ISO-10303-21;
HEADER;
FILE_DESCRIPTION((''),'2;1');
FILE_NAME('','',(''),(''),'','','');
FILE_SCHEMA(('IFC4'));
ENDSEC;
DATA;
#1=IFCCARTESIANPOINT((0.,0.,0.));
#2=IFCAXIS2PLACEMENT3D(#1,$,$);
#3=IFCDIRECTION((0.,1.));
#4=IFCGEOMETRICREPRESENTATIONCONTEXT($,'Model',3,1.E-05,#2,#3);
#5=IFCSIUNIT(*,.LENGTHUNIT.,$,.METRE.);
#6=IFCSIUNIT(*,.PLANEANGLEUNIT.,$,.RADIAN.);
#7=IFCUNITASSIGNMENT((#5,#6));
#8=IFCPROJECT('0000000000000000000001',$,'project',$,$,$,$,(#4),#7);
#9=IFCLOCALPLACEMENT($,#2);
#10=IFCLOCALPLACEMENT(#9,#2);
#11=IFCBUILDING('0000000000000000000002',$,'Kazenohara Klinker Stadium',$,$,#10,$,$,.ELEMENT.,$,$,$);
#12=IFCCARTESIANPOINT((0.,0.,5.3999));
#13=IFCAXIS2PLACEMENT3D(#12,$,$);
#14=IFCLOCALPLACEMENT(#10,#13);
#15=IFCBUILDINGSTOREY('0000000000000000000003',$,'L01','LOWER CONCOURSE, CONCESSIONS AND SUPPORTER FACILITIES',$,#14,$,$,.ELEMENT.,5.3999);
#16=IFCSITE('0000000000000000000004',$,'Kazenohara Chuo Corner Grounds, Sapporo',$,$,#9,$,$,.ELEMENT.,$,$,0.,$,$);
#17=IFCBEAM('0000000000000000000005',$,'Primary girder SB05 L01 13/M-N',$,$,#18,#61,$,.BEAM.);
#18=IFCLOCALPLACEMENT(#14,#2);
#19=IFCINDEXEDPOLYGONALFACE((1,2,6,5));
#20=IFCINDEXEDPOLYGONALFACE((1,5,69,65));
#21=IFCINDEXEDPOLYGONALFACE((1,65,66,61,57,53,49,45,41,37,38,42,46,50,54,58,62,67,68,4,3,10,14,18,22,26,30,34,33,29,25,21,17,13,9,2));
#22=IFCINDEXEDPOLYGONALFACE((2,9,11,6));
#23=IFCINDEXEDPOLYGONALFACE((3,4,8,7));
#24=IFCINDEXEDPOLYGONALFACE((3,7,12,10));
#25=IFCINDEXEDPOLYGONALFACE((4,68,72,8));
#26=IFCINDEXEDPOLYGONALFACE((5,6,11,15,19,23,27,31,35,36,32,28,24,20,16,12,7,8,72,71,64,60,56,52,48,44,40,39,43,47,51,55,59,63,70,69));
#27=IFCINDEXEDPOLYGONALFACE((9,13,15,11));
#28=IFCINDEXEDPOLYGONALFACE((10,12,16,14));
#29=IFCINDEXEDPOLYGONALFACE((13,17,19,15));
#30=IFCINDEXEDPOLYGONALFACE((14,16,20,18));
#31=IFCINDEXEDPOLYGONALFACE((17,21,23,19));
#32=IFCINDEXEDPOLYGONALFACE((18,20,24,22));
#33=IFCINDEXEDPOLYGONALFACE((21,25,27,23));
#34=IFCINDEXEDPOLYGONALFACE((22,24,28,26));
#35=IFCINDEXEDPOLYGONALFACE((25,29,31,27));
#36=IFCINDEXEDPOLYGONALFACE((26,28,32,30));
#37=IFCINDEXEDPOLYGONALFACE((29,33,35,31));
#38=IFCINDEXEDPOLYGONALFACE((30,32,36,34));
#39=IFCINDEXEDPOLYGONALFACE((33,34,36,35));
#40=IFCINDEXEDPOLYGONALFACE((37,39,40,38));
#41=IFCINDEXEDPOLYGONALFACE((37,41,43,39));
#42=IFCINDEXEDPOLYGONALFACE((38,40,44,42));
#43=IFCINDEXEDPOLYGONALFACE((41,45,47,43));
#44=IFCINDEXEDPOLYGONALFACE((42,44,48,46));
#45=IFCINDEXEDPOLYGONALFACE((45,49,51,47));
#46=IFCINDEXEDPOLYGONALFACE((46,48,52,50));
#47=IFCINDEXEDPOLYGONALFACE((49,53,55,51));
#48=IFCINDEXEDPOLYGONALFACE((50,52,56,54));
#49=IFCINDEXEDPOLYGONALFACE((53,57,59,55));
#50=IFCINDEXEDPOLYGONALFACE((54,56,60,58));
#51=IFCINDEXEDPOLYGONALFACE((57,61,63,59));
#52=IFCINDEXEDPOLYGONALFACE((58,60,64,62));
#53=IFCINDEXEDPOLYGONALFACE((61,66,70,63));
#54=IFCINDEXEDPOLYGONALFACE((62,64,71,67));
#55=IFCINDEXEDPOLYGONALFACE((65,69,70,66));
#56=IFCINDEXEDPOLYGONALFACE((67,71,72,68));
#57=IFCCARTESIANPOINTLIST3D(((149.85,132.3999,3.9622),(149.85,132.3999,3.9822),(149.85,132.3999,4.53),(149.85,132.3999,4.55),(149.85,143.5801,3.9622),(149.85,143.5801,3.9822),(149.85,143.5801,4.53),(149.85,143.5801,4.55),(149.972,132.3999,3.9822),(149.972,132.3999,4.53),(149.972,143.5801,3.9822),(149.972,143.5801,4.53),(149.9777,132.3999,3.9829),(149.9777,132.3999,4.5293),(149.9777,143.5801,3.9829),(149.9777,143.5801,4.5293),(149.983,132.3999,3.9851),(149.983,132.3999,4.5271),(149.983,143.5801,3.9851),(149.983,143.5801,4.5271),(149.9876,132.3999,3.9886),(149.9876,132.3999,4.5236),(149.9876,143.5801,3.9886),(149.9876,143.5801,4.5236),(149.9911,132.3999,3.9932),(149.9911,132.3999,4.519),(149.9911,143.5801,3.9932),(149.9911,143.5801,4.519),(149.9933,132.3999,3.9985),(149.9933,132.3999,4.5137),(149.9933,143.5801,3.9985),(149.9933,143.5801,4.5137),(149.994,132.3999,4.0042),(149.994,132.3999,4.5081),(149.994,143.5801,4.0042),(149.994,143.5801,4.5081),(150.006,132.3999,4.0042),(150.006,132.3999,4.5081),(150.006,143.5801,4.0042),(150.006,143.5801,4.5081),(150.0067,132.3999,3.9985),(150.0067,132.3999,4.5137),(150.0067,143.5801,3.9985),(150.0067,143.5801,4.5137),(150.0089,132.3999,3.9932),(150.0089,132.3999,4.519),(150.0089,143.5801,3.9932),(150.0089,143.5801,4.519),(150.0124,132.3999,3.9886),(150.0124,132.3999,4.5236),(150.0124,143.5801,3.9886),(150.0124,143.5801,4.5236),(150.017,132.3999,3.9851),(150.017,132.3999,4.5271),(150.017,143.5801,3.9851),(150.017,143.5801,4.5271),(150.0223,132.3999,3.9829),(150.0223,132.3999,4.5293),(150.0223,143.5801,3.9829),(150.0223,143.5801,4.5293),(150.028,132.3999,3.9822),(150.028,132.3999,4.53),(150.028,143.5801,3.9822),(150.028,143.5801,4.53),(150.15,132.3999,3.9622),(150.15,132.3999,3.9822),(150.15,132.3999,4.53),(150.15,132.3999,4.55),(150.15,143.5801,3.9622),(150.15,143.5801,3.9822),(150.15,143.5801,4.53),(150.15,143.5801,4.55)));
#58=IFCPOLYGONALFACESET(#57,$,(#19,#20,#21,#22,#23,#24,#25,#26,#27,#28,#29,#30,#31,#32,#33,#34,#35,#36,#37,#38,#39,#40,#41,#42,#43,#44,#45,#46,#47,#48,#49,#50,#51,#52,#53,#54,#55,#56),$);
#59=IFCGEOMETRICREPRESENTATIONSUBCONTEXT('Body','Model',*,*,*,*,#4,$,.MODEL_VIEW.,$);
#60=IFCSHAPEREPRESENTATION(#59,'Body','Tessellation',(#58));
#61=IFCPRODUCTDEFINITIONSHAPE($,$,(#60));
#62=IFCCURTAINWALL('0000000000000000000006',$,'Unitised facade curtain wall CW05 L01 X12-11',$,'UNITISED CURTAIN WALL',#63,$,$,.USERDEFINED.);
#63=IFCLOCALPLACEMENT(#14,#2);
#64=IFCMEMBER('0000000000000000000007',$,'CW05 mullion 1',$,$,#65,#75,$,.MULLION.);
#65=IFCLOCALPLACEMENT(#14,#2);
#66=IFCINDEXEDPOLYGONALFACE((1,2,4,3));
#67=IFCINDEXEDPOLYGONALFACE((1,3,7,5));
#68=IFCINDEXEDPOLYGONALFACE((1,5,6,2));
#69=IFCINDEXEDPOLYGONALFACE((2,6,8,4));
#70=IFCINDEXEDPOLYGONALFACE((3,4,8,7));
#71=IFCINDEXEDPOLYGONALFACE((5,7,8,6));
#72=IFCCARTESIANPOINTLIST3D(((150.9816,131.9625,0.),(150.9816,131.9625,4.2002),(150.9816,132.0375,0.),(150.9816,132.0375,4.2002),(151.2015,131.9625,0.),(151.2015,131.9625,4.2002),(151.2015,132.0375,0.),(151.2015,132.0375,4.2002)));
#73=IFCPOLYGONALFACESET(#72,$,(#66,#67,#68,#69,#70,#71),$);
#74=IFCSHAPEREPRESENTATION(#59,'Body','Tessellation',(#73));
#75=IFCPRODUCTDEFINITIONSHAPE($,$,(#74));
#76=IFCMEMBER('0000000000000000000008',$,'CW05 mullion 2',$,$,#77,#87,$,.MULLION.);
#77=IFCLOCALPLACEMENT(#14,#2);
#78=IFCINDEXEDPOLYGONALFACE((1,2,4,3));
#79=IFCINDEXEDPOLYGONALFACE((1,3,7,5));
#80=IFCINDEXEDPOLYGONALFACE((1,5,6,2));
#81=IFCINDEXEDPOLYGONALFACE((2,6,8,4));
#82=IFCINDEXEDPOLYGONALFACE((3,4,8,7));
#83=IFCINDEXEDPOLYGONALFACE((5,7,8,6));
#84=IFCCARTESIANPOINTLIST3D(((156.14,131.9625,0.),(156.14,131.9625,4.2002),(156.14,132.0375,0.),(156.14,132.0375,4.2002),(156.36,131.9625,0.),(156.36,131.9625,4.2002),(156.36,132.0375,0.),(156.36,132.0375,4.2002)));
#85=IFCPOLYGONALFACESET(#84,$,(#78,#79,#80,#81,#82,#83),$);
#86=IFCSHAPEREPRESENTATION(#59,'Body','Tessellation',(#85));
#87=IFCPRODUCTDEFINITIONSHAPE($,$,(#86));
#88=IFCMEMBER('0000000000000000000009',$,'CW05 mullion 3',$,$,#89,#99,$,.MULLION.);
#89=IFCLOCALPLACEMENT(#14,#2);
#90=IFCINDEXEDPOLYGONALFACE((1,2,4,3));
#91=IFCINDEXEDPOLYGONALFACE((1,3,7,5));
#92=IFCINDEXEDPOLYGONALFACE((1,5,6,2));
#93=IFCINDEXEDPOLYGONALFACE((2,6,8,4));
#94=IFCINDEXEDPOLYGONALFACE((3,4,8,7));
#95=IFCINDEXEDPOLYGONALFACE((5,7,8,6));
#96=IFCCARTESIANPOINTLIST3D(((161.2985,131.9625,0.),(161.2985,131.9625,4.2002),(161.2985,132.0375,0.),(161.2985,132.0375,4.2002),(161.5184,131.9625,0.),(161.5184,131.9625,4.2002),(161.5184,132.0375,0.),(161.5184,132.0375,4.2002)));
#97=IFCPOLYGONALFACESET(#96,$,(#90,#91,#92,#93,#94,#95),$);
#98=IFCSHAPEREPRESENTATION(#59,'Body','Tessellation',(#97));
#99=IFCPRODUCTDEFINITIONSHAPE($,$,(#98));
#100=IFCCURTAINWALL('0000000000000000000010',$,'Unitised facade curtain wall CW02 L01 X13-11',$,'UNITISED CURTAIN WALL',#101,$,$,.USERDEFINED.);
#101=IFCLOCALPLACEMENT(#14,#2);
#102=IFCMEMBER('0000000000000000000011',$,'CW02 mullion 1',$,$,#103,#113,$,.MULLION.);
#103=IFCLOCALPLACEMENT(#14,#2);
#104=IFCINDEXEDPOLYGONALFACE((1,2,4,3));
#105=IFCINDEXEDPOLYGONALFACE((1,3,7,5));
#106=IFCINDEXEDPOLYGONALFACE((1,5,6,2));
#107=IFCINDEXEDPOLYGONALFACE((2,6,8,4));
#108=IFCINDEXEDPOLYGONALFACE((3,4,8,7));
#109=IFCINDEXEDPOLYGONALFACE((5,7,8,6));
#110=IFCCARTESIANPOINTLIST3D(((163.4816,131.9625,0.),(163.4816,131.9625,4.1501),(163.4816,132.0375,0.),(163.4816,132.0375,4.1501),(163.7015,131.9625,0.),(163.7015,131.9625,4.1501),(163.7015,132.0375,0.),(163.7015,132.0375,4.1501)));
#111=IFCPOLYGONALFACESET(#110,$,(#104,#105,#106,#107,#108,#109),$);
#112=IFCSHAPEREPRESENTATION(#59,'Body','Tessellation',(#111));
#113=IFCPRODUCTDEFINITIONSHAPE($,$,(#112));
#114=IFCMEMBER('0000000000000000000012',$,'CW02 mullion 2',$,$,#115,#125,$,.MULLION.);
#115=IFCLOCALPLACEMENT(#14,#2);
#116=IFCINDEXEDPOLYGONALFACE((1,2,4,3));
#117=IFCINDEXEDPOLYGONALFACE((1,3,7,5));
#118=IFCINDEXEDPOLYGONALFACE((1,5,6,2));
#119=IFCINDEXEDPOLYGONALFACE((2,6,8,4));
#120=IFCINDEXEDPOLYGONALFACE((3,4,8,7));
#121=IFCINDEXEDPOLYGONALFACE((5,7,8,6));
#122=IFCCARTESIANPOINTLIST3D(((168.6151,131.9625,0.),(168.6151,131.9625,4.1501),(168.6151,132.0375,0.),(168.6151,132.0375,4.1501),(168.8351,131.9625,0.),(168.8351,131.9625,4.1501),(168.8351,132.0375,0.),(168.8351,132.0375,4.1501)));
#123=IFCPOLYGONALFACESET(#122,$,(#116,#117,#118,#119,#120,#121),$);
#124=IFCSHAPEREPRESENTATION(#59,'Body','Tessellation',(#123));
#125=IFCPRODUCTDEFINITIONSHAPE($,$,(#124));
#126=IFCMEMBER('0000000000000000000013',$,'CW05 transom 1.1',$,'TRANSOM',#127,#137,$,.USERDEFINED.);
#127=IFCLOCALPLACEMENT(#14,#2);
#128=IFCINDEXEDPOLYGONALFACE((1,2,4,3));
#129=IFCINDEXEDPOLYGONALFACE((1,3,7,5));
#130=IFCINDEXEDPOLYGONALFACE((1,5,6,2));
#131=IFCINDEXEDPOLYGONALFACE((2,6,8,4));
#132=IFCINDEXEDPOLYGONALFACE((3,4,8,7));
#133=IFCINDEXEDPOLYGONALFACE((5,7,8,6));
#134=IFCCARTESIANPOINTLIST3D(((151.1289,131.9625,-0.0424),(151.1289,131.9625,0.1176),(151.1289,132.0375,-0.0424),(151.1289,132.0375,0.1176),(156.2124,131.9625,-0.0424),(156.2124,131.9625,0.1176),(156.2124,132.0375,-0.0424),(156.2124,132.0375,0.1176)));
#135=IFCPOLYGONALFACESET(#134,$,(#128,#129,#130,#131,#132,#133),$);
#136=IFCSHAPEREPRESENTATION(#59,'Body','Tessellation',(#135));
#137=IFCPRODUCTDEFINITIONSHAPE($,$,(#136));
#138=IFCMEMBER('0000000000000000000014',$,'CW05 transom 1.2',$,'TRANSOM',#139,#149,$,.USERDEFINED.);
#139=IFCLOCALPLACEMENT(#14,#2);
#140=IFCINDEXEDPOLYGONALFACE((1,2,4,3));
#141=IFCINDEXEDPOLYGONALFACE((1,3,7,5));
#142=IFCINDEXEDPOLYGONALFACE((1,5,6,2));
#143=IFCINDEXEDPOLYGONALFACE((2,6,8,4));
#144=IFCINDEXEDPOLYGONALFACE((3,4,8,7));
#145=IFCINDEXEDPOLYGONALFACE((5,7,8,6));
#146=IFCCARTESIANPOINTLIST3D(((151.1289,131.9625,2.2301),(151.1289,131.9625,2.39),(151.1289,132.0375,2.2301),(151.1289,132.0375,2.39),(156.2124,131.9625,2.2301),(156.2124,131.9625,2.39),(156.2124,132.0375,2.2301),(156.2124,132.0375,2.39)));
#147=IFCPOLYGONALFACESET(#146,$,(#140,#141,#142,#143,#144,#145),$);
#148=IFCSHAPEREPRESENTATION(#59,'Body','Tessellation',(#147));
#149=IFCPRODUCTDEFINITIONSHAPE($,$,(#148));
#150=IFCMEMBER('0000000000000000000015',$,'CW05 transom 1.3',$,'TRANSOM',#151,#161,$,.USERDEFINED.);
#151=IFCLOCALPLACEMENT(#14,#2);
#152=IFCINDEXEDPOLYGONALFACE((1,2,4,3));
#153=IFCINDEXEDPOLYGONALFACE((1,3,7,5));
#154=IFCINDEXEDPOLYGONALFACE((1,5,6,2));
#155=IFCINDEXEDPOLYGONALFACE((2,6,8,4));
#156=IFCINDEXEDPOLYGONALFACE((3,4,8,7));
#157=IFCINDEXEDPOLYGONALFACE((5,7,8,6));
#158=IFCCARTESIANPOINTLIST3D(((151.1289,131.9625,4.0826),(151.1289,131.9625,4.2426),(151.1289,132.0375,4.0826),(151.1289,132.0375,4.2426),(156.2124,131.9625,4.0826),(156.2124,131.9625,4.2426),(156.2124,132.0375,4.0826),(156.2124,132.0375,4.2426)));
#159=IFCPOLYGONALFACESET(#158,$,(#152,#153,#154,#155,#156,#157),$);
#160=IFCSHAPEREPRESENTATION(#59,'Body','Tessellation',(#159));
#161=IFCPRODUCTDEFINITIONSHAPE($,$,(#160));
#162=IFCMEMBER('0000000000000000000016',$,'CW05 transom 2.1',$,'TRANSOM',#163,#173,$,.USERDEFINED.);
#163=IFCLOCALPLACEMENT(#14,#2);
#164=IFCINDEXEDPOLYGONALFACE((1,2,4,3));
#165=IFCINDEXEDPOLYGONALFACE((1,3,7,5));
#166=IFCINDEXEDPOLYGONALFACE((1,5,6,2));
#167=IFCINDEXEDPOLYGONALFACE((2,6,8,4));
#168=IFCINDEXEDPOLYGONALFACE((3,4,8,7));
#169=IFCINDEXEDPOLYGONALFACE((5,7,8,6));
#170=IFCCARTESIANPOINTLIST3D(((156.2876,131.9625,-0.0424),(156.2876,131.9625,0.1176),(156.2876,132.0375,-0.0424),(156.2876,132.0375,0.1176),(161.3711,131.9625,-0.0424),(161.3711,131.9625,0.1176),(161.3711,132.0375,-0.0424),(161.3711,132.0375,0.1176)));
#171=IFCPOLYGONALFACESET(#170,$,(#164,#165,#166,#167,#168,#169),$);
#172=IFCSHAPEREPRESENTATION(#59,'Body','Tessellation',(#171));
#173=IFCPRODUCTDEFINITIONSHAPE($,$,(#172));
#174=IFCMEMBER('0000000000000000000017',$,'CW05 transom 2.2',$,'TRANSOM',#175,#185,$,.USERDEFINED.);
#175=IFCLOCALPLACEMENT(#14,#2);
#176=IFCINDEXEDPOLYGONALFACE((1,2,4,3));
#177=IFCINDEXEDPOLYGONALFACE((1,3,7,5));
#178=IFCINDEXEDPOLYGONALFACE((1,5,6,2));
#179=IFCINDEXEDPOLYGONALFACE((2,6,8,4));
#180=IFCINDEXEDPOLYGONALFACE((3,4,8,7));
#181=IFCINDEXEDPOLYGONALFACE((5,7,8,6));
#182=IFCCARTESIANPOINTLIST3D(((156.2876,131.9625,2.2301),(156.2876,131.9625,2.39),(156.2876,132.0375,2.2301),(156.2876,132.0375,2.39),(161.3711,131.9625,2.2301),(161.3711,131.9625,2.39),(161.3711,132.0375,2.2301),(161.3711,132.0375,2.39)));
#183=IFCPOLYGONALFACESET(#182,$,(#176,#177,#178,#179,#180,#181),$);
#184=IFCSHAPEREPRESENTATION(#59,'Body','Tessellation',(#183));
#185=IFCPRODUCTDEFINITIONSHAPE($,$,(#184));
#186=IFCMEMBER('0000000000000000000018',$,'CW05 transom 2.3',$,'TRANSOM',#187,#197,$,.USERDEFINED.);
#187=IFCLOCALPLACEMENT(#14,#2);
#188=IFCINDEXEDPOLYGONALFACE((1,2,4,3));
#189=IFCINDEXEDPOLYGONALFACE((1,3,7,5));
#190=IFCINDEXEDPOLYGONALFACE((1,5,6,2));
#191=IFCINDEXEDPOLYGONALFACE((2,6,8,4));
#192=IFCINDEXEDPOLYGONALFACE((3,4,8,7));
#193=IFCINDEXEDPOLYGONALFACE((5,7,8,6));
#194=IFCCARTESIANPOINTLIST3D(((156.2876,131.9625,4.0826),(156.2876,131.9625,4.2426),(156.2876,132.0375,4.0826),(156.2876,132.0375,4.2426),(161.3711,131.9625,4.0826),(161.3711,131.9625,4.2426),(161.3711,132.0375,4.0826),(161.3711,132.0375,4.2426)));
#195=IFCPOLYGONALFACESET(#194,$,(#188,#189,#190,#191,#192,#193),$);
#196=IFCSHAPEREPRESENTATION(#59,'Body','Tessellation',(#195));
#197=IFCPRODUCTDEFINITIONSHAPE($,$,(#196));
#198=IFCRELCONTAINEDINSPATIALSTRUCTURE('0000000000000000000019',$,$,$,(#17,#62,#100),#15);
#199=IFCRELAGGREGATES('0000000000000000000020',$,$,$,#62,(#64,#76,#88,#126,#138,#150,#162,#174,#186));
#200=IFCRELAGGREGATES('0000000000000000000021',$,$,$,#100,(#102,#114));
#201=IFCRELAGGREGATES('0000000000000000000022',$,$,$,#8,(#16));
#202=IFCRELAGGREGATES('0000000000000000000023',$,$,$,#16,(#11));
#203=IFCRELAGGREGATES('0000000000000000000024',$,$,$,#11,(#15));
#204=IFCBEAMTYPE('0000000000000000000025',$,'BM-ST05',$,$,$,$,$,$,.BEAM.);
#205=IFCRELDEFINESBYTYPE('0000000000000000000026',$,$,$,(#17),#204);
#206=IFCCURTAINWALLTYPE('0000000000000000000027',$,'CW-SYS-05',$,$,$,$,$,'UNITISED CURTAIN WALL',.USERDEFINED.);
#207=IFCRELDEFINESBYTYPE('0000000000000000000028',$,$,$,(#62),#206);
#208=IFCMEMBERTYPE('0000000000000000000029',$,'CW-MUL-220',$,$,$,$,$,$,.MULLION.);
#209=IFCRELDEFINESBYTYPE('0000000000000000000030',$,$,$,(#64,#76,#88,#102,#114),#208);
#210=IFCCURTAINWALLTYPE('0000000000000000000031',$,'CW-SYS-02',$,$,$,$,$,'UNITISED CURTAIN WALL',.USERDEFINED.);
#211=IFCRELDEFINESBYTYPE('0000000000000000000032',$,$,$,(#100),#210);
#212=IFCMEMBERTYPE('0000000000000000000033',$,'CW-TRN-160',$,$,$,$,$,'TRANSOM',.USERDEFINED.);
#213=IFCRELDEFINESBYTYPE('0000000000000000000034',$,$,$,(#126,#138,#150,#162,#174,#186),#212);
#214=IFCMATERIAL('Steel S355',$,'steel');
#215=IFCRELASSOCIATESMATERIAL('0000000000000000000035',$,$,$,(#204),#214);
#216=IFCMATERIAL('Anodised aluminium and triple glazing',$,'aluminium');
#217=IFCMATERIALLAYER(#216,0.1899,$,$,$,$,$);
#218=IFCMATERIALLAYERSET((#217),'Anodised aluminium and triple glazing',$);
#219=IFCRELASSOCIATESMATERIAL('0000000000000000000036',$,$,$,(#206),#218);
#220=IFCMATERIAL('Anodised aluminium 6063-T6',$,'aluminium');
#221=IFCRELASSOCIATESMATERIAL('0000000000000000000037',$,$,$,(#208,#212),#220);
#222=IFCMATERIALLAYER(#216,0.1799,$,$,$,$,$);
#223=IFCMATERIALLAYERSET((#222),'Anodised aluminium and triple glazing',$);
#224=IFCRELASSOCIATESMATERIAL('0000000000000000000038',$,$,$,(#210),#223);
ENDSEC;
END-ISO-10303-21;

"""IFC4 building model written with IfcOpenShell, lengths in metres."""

from ifc_helpers import new_model, si_unit, direction, frame, origin, origin_2d, place, context, subcontext, project, spatial, rectangle, i_section, extrude, material, layer, layer_set, material_profile, profile_set, type_object, element, aggregate, save


model = new_model("IFC4")

# Units and contexts
model_context = context("Model", 3, precision=1e-05, world=origin(), true_north=direction((0.0, 1.0)))
body_context = subcontext(model_context, "Body", "Model", "MODEL_VIEW")
ifc_project = project(units=[si_unit("LENGTHUNIT", "METRE"), si_unit("PLANEANGLEUNIT", "RADIAN")], contexts=[model_context])

# Site, building, storey
site_placement = place(None, origin())
site = spatial("IfcSite", under=ifc_project, at=site_placement, Name="Kazenohara Chuo Corner Grounds, Sapporo", CompositionType="ELEMENT", RefElevation=0.0)
building_placement = place(site_placement, origin())
building = spatial("IfcBuilding", under=site, at=building_placement, Name="Kazenohara Klinker Stadium", CompositionType="ELEMENT")
storey_placement = place(building_placement, frame((0.0, 0.0, 5.3999)))
storey = spatial("IfcBuildingStorey", under=building, at=storey_placement, Name="L01", Description="LOWER CONCOURSE, CONCESSIONS AND SUPPORTER FACILITIES", CompositionType="ELEMENT", Elevation=5.3999)

# Beam
ifc_material_1 = material(Name="Steel S355", Category="steel")
ifc_material_profile_1 = material_profile(ifc_material_1, i_section(OverallWidth=0.3, OverallDepth=0.5879, WebThickness=0.012, FlangeThickness=0.02, FilletRadius=0.022, at=origin_2d()), Name="H-588x300x12x20")
ifc_profile_set_1 = profile_set([ifc_material_profile_1], Name="Steel S355")
beam_type_1 = type_object("IfcBeamType", Name="BM-ST05", PredefinedType="BEAM", material=ifc_profile_set_1)
beam_1_placement = place(storey_placement, frame((150.0, 132.3999, 4.2561), z_axis=(0.0, 1.0, 0.0), x_axis=(-1.0, 0.0, 0.0)))
element("IfcBeam", 1, at=beam_1_placement, inside=storey, type_object=beam_type_1, Name="Primary girder SB05 L01 13/M-N", PredefinedType="BEAM", context=body_context, shape_type="SweptSolid", body=[
    extrude(i_section(OverallWidth=0.3, OverallDepth=0.5879, WebThickness=0.012, FlangeThickness=0.02, FilletRadius=0.022, at=origin_2d()), origin(), (0.0, 0.0, 1.0), 11.1802),
])

# Curtain walls, members
ifc_material_2 = material(Name="Anodised aluminium and triple glazing", Category="aluminium")
ifc_layer_1 = layer(ifc_material_2, 0.1899)
ifc_layer_set_1 = layer_set([ifc_layer_1], Name="Anodised aluminium and triple glazing")
curtain_wall_type_1 = type_object("IfcCurtainWallType", Name="CW-SYS-05", ElementType="UNITISED CURTAIN WALL", PredefinedType="USERDEFINED", material=ifc_layer_set_1)
curtain_wall_1_placement = place(storey_placement, origin())
curtain_wall_1 = element("IfcCurtainWall", 2, at=curtain_wall_1_placement, inside=storey, type_object=curtain_wall_type_1, Name="Unitised facade curtain wall CW05 L01 X12-11", ObjectType="UNITISED CURTAIN WALL", PredefinedType="USERDEFINED")
ifc_material_3 = material(Name="Anodised aluminium 6063-T6", Category="aluminium")
ifc_material_profile_2 = material_profile(ifc_material_3, rectangle(XDim=0.075, YDim=0.22, at=origin_2d()), Name="ALU-MUL-75x220")
ifc_profile_set_2 = profile_set([ifc_material_profile_2], Name="Anodised aluminium 6063-T6")
member_type_1 = type_object("IfcMemberType", Name="CW-MUL-220", PredefinedType="MULLION", material=ifc_profile_set_2)
member_1_placement = place(storey_placement, frame((151.0916, 132.0, 0.0), z_axis=(0.0, 0.0, 1.0), x_axis=(0.0, 1.0, 0.0)))
member_1 = element("IfcMember", 3, at=member_1_placement, type_object=member_type_1, Name="CW05 mullion 1", PredefinedType="MULLION", context=body_context, shape_type="SweptSolid", body=[
    extrude(rectangle(XDim=0.075, YDim=0.22, at=origin_2d()), origin(), (0.0, 0.0, 1.0), 4.2002),
])
member_2_placement = place(storey_placement, frame((156.25, 132.0, 0.0), z_axis=(0.0, 0.0, 1.0), x_axis=(0.0, 1.0, 0.0)))
member_2 = element("IfcMember", 4, at=member_2_placement, type_object=member_type_1, Name="CW05 mullion 2", PredefinedType="MULLION", context=body_context, shape_type="SweptSolid", body=[
    extrude(rectangle(XDim=0.075, YDim=0.22, at=origin_2d()), origin(), (0.0, 0.0, 1.0), 4.2002),
])
member_3_placement = place(storey_placement, frame((161.4084, 132.0, 0.0), z_axis=(0.0, 0.0, 1.0), x_axis=(0.0, 1.0, 0.0)))
member_3 = element("IfcMember", 5, at=member_3_placement, type_object=member_type_1, Name="CW05 mullion 3", PredefinedType="MULLION", context=body_context, shape_type="SweptSolid", body=[
    extrude(rectangle(XDim=0.075, YDim=0.22, at=origin_2d()), origin(), (0.0, 0.0, 1.0), 4.2002),
])
ifc_layer_2 = layer(ifc_material_2, 0.1799)
ifc_layer_set_2 = layer_set([ifc_layer_2], Name="Anodised aluminium and triple glazing")
curtain_wall_type_2 = type_object("IfcCurtainWallType", Name="CW-SYS-02", ElementType="UNITISED CURTAIN WALL", PredefinedType="USERDEFINED", material=ifc_layer_set_2)
curtain_wall_2_placement = place(storey_placement, origin())
curtain_wall_2 = element("IfcCurtainWall", 6, at=curtain_wall_2_placement, inside=storey, type_object=curtain_wall_type_2, Name="Unitised facade curtain wall CW02 L01 X13-11", ObjectType="UNITISED CURTAIN WALL", PredefinedType="USERDEFINED")
member_4_placement = place(storey_placement, frame((163.5916, 132.0, 0.0), z_axis=(0.0, 0.0, 1.0), x_axis=(0.0, 1.0, 0.0)))
member_4 = element("IfcMember", 7, at=member_4_placement, type_object=member_type_1, Name="CW02 mullion 1", PredefinedType="MULLION", context=body_context, shape_type="SweptSolid", body=[
    extrude(rectangle(XDim=0.075, YDim=0.22, at=origin_2d()), origin(), (0.0, 0.0, 1.0), 4.1501),
])
member_5_placement = place(storey_placement, frame((168.7251, 132.0, 0.0), z_axis=(0.0, 0.0, 1.0), x_axis=(0.0, 1.0, 0.0)))
member_5 = element("IfcMember", 8, at=member_5_placement, type_object=member_type_1, Name="CW02 mullion 2", PredefinedType="MULLION", context=body_context, shape_type="SweptSolid", body=[
    extrude(rectangle(XDim=0.075, YDim=0.22, at=origin_2d()), origin(), (0.0, 0.0, 1.0), 4.1501),
])

# Members
ifc_material_profile_3 = material_profile(ifc_material_3, rectangle(XDim=0.075, YDim=0.1599, at=origin_2d()), Name="ALU-TRN-75x160")
ifc_profile_set_3 = profile_set([ifc_material_profile_3], Name="Anodised aluminium 6063-T6")
member_type_2 = type_object("IfcMemberType", Name="CW-TRN-160", ElementType="TRANSOM", PredefinedType="USERDEFINED", material=ifc_profile_set_3)
member_6_placement = place(storey_placement, frame((151.1289, 132.0, 0.0376), z_axis=(1.0, 0.0, 0.0), x_axis=(0.0, 1.0, 0.0)))
member_6 = element("IfcMember", 9, at=member_6_placement, type_object=member_type_2, Name="CW05 transom 1.1", ObjectType="TRANSOM", PredefinedType="USERDEFINED", context=body_context, shape_type="SweptSolid", body=[
    extrude(rectangle(XDim=0.075, YDim=0.1599, at=origin_2d()), origin(), (0.0, 0.0, 1.0), 5.0835),
])
member_7_placement = place(storey_placement, frame((151.1289, 132.0, 2.3101), z_axis=(1.0, 0.0, 0.0), x_axis=(0.0, 1.0, 0.0)))
member_7 = element("IfcMember", 10, at=member_7_placement, type_object=member_type_2, Name="CW05 transom 1.2", ObjectType="TRANSOM", PredefinedType="USERDEFINED", context=body_context, shape_type="SweptSolid", body=[
    extrude(rectangle(XDim=0.075, YDim=0.1599, at=origin_2d()), origin(), (0.0, 0.0, 1.0), 5.0835),
])
member_8_placement = place(storey_placement, frame((151.1289, 132.0, 4.1626), z_axis=(1.0, 0.0, 0.0), x_axis=(0.0, 1.0, 0.0)))
member_8 = element("IfcMember", 11, at=member_8_placement, type_object=member_type_2, Name="CW05 transom 1.3", ObjectType="TRANSOM", PredefinedType="USERDEFINED", context=body_context, shape_type="SweptSolid", body=[
    extrude(rectangle(XDim=0.075, YDim=0.1599, at=origin_2d()), origin(), (0.0, 0.0, 1.0), 5.0835),
])
member_9_placement = place(storey_placement, frame((156.2876, 132.0, 0.0376), z_axis=(1.0, 0.0, 0.0), x_axis=(0.0, 1.0, 0.0)))
member_9 = element("IfcMember", 12, at=member_9_placement, type_object=member_type_2, Name="CW05 transom 2.1", ObjectType="TRANSOM", PredefinedType="USERDEFINED", context=body_context, shape_type="SweptSolid", body=[
    extrude(rectangle(XDim=0.075, YDim=0.1599, at=origin_2d()), origin(), (0.0, 0.0, 1.0), 5.0835),
])
member_10_placement = place(storey_placement, frame((156.2876, 132.0, 2.3101), z_axis=(1.0, 0.0, 0.0), x_axis=(0.0, 1.0, 0.0)))
member_10 = element("IfcMember", 13, at=member_10_placement, type_object=member_type_2, Name="CW05 transom 2.2", ObjectType="TRANSOM", PredefinedType="USERDEFINED", context=body_context, shape_type="SweptSolid", body=[
    extrude(rectangle(XDim=0.075, YDim=0.1599, at=origin_2d()), origin(), (0.0, 0.0, 1.0), 5.0835),
])
member_11_placement = place(storey_placement, frame((156.2876, 132.0, 4.1626), z_axis=(1.0, 0.0, 0.0), x_axis=(0.0, 1.0, 0.0)))
member_11 = element("IfcMember", 14, at=member_11_placement, type_object=member_type_2, Name="CW05 transom 2.3", ObjectType="TRANSOM", PredefinedType="USERDEFINED", context=body_context, shape_type="SweptSolid", body=[
    extrude(rectangle(XDim=0.075, YDim=0.1599, at=origin_2d()), origin(), (0.0, 0.0, 1.0), 5.0835),
])

aggregate(curtain_wall_1, [member_1, member_2, member_3, member_6, member_7, member_8, member_9, member_10, member_11])
aggregate(curtain_wall_2, [member_4, member_5])

save(model, "model.ifc")
